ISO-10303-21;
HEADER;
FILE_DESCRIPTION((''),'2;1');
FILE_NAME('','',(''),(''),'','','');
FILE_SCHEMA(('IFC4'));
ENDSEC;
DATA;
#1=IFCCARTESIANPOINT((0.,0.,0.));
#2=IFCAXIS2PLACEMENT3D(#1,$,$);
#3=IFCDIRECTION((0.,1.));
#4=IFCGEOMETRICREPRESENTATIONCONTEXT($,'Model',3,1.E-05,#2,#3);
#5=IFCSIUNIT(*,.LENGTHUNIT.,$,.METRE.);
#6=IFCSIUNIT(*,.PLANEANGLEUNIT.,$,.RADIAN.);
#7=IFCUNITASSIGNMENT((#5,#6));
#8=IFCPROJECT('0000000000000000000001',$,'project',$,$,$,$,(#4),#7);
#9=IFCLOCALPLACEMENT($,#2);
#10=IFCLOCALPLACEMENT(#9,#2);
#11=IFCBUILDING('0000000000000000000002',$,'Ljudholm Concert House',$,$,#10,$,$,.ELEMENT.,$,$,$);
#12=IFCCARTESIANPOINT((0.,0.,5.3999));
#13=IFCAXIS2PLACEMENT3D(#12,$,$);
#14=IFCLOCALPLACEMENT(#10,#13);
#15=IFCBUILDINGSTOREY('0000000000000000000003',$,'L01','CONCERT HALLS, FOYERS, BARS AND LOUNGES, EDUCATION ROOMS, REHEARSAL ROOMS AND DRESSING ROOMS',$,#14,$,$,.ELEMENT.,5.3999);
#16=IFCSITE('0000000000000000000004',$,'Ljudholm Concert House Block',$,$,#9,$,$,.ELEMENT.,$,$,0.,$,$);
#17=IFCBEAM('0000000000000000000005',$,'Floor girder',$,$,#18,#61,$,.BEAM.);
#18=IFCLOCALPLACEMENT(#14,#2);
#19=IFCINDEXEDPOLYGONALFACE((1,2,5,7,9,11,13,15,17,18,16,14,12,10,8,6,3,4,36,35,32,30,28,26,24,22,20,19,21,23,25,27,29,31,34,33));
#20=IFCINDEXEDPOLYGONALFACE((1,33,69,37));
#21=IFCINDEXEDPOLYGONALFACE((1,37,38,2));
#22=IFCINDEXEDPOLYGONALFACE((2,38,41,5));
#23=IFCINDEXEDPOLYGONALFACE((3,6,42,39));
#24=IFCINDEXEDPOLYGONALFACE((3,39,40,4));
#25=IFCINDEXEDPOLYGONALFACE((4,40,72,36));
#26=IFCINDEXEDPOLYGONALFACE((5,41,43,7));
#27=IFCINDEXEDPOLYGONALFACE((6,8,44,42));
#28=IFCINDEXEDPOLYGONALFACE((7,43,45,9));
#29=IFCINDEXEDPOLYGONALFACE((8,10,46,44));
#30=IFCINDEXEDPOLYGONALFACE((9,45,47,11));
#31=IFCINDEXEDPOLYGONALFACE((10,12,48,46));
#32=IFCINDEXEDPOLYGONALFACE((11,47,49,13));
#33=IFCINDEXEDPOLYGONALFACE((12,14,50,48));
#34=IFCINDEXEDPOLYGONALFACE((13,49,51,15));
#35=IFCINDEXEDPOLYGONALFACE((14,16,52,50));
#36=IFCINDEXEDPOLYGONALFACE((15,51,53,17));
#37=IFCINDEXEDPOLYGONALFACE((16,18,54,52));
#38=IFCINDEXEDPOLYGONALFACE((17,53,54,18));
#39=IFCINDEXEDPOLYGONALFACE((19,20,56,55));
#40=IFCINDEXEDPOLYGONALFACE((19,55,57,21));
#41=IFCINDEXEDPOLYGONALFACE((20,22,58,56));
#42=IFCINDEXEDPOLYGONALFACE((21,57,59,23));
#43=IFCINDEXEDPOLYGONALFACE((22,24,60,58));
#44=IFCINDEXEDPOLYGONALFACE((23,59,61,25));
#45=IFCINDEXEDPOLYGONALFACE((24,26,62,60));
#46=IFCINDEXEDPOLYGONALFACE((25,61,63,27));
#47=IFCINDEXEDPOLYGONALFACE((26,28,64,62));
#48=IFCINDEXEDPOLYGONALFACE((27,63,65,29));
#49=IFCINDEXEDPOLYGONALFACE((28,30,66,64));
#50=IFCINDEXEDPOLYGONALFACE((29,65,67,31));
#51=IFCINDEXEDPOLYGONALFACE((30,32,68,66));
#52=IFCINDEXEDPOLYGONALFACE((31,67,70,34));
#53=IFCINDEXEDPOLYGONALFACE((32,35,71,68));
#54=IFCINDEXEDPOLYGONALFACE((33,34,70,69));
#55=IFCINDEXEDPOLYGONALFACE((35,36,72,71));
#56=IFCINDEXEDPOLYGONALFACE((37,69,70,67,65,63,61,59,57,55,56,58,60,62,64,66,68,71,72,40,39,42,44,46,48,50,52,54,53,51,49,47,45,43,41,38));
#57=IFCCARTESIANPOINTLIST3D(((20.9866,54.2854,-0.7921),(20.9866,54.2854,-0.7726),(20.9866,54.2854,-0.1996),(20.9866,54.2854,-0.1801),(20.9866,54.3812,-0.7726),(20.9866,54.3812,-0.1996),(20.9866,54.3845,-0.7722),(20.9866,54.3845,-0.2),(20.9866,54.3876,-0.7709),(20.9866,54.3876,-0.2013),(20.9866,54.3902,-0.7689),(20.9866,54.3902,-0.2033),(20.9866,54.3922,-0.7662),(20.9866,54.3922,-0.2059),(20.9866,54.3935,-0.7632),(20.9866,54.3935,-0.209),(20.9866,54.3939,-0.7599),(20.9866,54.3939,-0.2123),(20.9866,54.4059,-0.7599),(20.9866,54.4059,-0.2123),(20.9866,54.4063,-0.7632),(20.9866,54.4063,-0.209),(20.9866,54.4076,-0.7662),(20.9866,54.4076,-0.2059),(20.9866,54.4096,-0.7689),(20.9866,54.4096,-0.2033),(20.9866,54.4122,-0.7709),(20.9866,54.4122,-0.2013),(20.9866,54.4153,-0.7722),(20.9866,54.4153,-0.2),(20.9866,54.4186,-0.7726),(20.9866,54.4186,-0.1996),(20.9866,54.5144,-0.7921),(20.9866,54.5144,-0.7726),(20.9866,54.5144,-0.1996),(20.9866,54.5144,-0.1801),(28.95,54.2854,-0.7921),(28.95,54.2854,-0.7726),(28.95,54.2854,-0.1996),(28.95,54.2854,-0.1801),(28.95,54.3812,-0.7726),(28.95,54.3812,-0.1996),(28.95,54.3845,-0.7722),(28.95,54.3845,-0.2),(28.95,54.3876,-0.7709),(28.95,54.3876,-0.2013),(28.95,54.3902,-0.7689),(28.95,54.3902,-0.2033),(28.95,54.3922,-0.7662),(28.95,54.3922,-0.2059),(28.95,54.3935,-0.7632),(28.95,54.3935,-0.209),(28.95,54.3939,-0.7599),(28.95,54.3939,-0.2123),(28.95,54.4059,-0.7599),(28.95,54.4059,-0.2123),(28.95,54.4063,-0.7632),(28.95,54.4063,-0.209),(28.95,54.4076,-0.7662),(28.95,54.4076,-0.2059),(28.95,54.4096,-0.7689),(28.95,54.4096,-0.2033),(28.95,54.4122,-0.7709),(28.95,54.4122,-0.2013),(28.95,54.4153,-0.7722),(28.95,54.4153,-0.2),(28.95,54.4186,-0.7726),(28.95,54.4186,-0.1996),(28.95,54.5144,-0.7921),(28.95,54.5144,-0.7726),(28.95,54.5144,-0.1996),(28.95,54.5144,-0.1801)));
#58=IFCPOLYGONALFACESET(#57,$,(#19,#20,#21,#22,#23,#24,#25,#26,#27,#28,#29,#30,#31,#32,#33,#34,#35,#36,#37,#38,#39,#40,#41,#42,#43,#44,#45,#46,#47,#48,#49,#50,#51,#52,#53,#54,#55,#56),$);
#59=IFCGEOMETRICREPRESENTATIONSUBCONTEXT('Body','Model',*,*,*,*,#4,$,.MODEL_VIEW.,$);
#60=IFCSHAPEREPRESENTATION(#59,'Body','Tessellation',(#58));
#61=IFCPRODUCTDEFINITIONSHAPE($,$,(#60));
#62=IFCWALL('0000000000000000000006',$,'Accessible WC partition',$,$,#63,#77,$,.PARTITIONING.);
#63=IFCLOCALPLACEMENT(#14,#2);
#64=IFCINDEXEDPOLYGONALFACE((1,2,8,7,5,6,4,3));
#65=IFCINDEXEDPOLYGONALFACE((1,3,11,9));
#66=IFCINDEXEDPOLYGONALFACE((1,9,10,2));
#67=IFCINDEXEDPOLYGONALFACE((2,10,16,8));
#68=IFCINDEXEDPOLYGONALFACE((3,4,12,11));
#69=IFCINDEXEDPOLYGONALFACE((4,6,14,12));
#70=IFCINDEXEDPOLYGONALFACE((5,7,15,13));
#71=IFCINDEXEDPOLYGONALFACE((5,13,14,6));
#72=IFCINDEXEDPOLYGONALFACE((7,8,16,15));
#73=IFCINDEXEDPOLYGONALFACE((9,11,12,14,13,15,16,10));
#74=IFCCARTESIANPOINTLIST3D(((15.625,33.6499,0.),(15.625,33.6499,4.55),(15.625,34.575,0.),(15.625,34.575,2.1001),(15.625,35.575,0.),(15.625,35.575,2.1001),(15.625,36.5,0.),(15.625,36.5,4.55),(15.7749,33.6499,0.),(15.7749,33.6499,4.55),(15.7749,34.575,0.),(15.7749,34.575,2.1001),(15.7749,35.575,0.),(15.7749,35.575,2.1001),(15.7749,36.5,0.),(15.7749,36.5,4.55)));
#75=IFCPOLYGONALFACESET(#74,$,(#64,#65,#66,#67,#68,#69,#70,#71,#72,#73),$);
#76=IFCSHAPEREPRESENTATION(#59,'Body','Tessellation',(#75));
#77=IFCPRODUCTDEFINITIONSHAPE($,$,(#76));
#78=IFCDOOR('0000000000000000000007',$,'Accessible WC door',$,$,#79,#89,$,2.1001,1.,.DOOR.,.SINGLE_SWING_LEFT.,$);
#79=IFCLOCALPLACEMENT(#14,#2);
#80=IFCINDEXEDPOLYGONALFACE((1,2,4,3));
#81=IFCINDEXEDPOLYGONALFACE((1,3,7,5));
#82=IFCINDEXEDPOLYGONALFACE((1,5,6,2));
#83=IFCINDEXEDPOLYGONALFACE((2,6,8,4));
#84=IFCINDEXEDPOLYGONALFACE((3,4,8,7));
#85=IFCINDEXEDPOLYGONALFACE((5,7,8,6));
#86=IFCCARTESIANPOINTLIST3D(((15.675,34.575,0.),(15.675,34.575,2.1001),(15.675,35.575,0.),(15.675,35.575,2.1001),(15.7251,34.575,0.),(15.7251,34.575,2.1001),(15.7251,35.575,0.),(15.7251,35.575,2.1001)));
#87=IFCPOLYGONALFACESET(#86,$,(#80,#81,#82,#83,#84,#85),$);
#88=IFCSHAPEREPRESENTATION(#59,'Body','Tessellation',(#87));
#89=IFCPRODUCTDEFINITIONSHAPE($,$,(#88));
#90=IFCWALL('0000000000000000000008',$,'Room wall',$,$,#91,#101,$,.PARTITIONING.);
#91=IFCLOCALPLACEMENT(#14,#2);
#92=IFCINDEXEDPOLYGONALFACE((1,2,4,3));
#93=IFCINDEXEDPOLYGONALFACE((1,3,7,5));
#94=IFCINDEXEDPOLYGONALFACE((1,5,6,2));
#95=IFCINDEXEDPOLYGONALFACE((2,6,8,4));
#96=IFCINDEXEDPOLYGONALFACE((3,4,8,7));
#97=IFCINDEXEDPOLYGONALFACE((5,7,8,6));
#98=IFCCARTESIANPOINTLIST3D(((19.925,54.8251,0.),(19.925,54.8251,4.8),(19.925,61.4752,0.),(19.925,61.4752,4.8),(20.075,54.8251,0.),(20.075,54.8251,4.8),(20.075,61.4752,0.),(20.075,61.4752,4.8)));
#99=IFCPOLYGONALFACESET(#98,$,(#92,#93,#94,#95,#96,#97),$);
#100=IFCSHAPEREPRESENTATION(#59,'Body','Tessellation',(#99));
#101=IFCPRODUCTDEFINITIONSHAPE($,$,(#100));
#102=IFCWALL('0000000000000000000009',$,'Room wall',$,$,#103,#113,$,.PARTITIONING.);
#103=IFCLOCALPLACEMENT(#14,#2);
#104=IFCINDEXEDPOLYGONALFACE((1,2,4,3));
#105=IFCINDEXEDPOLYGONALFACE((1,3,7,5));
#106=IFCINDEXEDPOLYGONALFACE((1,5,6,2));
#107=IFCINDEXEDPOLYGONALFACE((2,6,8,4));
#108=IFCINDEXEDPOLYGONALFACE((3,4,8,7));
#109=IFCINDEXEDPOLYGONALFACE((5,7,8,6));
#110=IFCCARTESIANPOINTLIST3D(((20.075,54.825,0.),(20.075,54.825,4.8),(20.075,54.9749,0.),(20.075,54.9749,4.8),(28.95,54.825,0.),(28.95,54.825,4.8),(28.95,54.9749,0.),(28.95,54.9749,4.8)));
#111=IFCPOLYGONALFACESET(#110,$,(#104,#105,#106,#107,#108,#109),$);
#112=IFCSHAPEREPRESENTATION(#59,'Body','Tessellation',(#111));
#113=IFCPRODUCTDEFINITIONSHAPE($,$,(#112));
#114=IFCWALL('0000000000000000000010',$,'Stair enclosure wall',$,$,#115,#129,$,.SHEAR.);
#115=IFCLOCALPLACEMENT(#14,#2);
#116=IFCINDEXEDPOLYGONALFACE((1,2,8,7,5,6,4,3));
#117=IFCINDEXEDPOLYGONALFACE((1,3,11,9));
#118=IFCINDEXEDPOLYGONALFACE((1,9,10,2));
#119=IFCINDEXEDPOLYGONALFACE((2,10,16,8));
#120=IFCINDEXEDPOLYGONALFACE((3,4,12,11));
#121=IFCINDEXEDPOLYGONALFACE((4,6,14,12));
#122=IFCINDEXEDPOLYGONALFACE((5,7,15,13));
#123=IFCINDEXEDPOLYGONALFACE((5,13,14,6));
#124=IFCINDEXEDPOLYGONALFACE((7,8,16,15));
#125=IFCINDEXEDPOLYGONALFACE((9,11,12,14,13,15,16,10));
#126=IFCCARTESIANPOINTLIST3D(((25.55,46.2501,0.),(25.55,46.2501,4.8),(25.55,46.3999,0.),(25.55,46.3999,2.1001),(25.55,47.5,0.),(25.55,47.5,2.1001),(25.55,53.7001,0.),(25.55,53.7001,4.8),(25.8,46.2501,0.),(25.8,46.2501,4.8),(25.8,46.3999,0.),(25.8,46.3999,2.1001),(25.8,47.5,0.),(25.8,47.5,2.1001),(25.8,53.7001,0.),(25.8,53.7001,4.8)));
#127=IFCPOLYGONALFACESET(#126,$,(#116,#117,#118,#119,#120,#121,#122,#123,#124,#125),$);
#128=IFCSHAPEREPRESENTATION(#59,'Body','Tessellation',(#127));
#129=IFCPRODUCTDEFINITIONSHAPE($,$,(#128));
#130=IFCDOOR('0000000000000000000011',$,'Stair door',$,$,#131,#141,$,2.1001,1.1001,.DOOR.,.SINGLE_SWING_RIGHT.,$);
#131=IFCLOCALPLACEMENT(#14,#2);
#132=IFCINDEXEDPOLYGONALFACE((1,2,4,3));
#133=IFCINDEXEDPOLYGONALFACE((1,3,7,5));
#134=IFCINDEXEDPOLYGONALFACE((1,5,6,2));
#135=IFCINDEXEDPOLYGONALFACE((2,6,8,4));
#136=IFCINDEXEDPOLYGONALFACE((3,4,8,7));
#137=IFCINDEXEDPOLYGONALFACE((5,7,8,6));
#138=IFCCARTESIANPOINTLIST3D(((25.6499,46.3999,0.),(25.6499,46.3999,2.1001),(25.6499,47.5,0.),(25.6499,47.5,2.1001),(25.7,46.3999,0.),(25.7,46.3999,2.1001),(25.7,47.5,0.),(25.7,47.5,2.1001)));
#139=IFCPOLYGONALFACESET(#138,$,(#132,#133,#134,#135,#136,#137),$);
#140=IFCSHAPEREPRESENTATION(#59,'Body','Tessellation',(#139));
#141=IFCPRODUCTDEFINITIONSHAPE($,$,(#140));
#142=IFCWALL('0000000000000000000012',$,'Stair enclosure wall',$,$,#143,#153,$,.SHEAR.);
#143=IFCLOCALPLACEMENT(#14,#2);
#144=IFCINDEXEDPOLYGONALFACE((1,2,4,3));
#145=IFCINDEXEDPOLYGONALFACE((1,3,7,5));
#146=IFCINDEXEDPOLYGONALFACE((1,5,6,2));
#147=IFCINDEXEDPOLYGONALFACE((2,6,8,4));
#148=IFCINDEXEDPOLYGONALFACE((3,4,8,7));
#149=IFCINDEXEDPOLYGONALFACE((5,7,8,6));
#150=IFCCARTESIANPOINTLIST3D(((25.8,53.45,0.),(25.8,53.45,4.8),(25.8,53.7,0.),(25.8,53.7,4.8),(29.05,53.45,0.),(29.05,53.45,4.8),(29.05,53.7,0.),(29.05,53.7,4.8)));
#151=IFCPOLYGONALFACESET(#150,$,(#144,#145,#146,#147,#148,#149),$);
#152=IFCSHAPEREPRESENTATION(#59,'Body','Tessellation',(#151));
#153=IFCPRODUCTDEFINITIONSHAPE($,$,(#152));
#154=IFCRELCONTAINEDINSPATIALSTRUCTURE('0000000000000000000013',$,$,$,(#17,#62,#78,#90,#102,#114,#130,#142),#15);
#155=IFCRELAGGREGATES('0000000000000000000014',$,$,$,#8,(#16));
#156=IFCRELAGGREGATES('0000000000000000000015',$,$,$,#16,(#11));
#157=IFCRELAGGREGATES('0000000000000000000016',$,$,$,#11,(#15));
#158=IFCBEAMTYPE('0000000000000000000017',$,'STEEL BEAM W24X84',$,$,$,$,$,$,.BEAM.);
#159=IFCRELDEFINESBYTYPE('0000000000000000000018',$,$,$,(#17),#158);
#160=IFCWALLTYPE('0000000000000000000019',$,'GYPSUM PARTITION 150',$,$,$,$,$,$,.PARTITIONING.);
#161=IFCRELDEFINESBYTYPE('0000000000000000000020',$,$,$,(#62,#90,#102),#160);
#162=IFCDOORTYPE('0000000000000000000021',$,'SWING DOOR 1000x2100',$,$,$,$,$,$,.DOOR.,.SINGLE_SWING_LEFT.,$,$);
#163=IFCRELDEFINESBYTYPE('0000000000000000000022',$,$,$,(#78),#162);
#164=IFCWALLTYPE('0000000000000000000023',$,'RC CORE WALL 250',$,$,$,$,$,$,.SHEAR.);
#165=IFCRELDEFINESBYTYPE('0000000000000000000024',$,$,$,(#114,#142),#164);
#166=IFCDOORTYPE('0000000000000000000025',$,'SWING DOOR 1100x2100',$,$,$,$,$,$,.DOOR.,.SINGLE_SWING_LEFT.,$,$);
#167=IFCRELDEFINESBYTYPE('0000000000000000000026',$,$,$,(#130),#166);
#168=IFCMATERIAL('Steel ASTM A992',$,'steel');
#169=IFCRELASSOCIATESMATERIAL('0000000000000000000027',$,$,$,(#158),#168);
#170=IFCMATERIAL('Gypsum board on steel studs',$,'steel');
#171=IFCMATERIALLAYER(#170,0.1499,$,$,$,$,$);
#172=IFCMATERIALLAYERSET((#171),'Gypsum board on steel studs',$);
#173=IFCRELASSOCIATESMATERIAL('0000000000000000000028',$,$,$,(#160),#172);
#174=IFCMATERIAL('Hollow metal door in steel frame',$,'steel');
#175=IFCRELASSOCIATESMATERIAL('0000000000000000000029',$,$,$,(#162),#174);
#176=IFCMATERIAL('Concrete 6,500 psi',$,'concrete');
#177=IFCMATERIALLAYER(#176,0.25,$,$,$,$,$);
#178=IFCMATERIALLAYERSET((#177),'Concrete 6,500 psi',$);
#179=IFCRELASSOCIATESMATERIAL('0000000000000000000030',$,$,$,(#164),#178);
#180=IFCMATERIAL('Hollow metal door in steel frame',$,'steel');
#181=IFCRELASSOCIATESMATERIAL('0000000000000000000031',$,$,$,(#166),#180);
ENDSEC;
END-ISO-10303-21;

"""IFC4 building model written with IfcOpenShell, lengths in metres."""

from ifc_helpers import new_model, si_unit, direction, frame, frame_2d, origin, origin_2d, place, context, subcontext, project, spatial, rectangle, i_section, extrude, material, layer, layer_set, material_profile, profile_set, type_object, element, fill, save


model = new_model("IFC4")

# Units and contexts
model_context = context("Model", 3, precision=1e-05, world=origin(), true_north=direction((0.0, 1.0)))
body_context = subcontext(model_context, "Body", "Model", "MODEL_VIEW")
ifc_project = project(units=[si_unit("LENGTHUNIT", "METRE"), si_unit("PLANEANGLEUNIT", "RADIAN")], contexts=[model_context])

# Site, building, storey
site_placement = place(None, origin())
site = spatial("IfcSite", under=ifc_project, at=site_placement, Name="Ljudholm Concert House Block", CompositionType="ELEMENT", RefElevation=0.0)
building_placement = place(site_placement, origin())
building = spatial("IfcBuilding", under=site, at=building_placement, Name="Ljudholm Concert House", CompositionType="ELEMENT")
storey_placement = place(building_placement, frame((0.0, 0.0, 5.3999)))
storey = spatial("IfcBuildingStorey", under=building, at=storey_placement, Name="L01", Description="CONCERT HALLS, FOYERS, BARS AND LOUNGES, EDUCATION ROOMS, REHEARSAL ROOMS AND DRESSING ROOMS", CompositionType="ELEMENT", Elevation=5.3999)

# Beam
ifc_material_1 = material(Name="Steel ASTM A992", Category="steel")
ifc_material_profile_1 = material_profile(ifc_material_1, i_section(OverallWidth=0.229, OverallDepth=0.6121, WebThickness=0.012, FlangeThickness=0.0195, FilletRadius=0.0127, at=origin_2d()), Name="W24X84")
ifc_profile_set_1 = profile_set([ifc_material_profile_1], Name="Steel ASTM A992")
beam_type_1 = type_object("IfcBeamType", Name="STEEL BEAM W24X84", PredefinedType="BEAM", material=ifc_profile_set_1)
beam_1_placement = place(storey_placement, frame((20.9866, 54.3999, -0.4861), z_axis=(1.0, 0.0, 0.0), x_axis=(0.0, 1.0, 0.0)))
element("IfcBeam", 1, at=beam_1_placement, inside=storey, type_object=beam_type_1, Name="Floor girder", PredefinedType="BEAM", context=body_context, shape_type="SweptSolid", body=[
    extrude(i_section(OverallWidth=0.229, OverallDepth=0.6121, WebThickness=0.012, FlangeThickness=0.0195, FilletRadius=0.0127, at=origin_2d()), origin(), (0.0, 0.0, 1.0), 7.9634),
])

# Wall, opening, door
ifc_material_2 = material(Name="Gypsum board on steel studs", Category="steel")
ifc_layer_1 = layer(ifc_material_2, 0.1499)
ifc_layer_set_1 = layer_set([ifc_layer_1], Name="Gypsum board on steel studs")
wall_type_1 = type_object("IfcWallType", Name="GYPSUM PARTITION 150", PredefinedType="PARTITIONING", material=ifc_layer_set_1)
wall_1_placement = place(storey_placement, frame((15.7, 33.6499, 0.0), z_axis=(0.0, 0.0, 1.0), x_axis=(0.0, 1.0, 0.0)))
wall_1 = element("IfcWall", 2, at=wall_1_placement, inside=storey, type_object=wall_type_1, Name="Accessible WC partition", PredefinedType="PARTITIONING", context=body_context, shape_type="SweptSolid", body=[
    extrude(rectangle(XDim=2.8501, YDim=0.1499, at=frame_2d((1.425, 0.0))), origin(), (0.0, 0.0, 1.0), 4.55),
])
opening_1_placement = place(wall_1_placement, frame((0.925, 0.0, 0.0)))
opening_1 = element("IfcOpeningElement", 3, at=opening_1_placement, cuts=wall_1, PredefinedType="OPENING", context=body_context, shape_type="SweptSolid", body=[
    extrude(rectangle(XDim=1.0, YDim=2.1001, at=frame_2d((0.5, 1.05))), frame((0.0, 0.085, 0.0), z_axis=(0.0, -1.0, 0.0), x_axis=(1.0, 0.0, 0.0)), (0.0, 0.0, 1.0), 0.1699),
])
ifc_material_3 = material(Name="Hollow metal door in steel frame", Category="steel")
door_type_1 = type_object("IfcDoorType", Name="SWING DOOR 1000x2100", OperationType="SINGLE_SWING_LEFT", PredefinedType="DOOR", material=ifc_material_3)
door_1_placement = place(opening_1_placement, origin())
door_1 = element("IfcDoor", 4, at=door_1_placement, inside=storey, type_object=door_type_1, Name="Accessible WC door", OperationType="SINGLE_SWING_LEFT", OverallHeight=2.1001, OverallWidth=1.0, PredefinedType="DOOR", context=body_context, shape_type="SweptSolid", body=[
    extrude(rectangle(XDim=1.0, YDim=2.1001, at=frame_2d((0.5, 1.05))), frame((0.0, 0.0249, 0.0), z_axis=(0.0, -1.0, 0.0), x_axis=(1.0, 0.0, 0.0)), (0.0, 0.0, 1.0), 0.05),
])
fill(opening_1, door_1)

# Walls
wall_2_placement = place(storey_placement, frame((20.0, 54.825, 0.0), z_axis=(0.0, 0.0, 1.0), x_axis=(0.0, 1.0, 0.0)))
element("IfcWall", 5, at=wall_2_placement, inside=storey, type_object=wall_type_1, Name="Room wall", PredefinedType="PARTITIONING", context=body_context, shape_type="SweptSolid", body=[
    extrude(rectangle(XDim=6.6501, YDim=0.1499, at=frame_2d((3.3252, 0.0))), origin(), (0.0, 0.0, 1.0), 4.8),
])
wall_3_placement = place(storey_placement, frame((20.075, 54.8999, 0.0), z_axis=(0.0, 0.0, 1.0), x_axis=(1.0, 0.0, 0.0)))
element("IfcWall", 6, at=wall_3_placement, inside=storey, type_object=wall_type_1, Name="Room wall", PredefinedType="PARTITIONING", context=body_context, shape_type="SweptSolid", body=[
    extrude(rectangle(XDim=8.875, YDim=0.1499, at=frame_2d((4.4375, 0.0))), origin(), (0.0, 0.0, 1.0), 4.8),
])

# Wall, opening, door
ifc_material_4 = material(Name="Concrete 6,500 psi", Category="concrete")
ifc_layer_2 = layer(ifc_material_4, 0.25)
ifc_layer_set_2 = layer_set([ifc_layer_2], Name="Concrete 6,500 psi")
wall_type_2 = type_object("IfcWallType", Name="RC CORE WALL 250", PredefinedType="SHEAR", material=ifc_layer_set_2)
wall_4_placement = place(storey_placement, frame((25.675, 46.25, 0.0), z_axis=(0.0, 0.0, 1.0), x_axis=(0.0, 1.0, 0.0)))
wall_4 = element("IfcWall", 7, at=wall_4_placement, inside=storey, type_object=wall_type_2, Name="Stair enclosure wall", PredefinedType="SHEAR", context=body_context, shape_type="SweptSolid", body=[
    extrude(rectangle(XDim=7.45, YDim=0.25, at=frame_2d((3.7251, 0.0))), origin(), (0.0, 0.0, 1.0), 4.8),
])
opening_2_placement = place(wall_4_placement, frame((0.1499, 0.0, 0.0)))
opening_2 = element("IfcOpeningElement", 8, at=opening_2_placement, cuts=wall_4, PredefinedType="OPENING", context=body_context, shape_type="SweptSolid", body=[
    extrude(rectangle(XDim=1.1001, YDim=2.1001, at=frame_2d((0.55, 1.05))), frame((0.0, 0.135, 0.0), z_axis=(0.0, -1.0, 0.0), x_axis=(1.0, 0.0, 0.0)), (0.0, 0.0, 1.0), 0.27),
])
ifc_material_5 = material(Name="Hollow metal door in steel frame", Category="steel")
door_type_2 = type_object("IfcDoorType", Name="SWING DOOR 1100x2100", OperationType="SINGLE_SWING_LEFT", PredefinedType="DOOR", material=ifc_material_5)
door_2_placement = place(opening_2_placement, frame((1.1001, 0.0, 0.0), z_axis=(0.0, 0.0, 1.0), x_axis=(-1.0, 0.0, 0.0)))
door_2 = element("IfcDoor", 9, at=door_2_placement, inside=storey, type_object=door_type_2, Name="Stair door", OperationType="SINGLE_SWING_RIGHT", OverallHeight=2.1001, OverallWidth=1.1001, PredefinedType="DOOR", context=body_context, shape_type="SweptSolid", body=[
    extrude(rectangle(XDim=1.1001, YDim=2.1001, at=frame_2d((0.55, 1.05))), frame((0.0, 0.0249, 0.0), z_axis=(0.0, -1.0, 0.0), x_axis=(1.0, 0.0, 0.0)), (0.0, 0.0, 1.0), 0.05),
])
fill(opening_2, door_2)

# Wall
wall_5_placement = place(storey_placement, frame((25.8, 53.575, 0.0), z_axis=(0.0, 0.0, 1.0), x_axis=(1.0, 0.0, 0.0)))
element("IfcWall", 10, at=wall_5_placement, inside=storey, type_object=wall_type_2, Name="Stair enclosure wall", PredefinedType="SHEAR", context=body_context, shape_type="SweptSolid", body=[
    extrude(rectangle(XDim=3.25, YDim=0.25, at=frame_2d((1.625, 0.0))), origin(), (0.0, 0.0, 1.0), 4.8),
])

save(model, "model.ifc")
